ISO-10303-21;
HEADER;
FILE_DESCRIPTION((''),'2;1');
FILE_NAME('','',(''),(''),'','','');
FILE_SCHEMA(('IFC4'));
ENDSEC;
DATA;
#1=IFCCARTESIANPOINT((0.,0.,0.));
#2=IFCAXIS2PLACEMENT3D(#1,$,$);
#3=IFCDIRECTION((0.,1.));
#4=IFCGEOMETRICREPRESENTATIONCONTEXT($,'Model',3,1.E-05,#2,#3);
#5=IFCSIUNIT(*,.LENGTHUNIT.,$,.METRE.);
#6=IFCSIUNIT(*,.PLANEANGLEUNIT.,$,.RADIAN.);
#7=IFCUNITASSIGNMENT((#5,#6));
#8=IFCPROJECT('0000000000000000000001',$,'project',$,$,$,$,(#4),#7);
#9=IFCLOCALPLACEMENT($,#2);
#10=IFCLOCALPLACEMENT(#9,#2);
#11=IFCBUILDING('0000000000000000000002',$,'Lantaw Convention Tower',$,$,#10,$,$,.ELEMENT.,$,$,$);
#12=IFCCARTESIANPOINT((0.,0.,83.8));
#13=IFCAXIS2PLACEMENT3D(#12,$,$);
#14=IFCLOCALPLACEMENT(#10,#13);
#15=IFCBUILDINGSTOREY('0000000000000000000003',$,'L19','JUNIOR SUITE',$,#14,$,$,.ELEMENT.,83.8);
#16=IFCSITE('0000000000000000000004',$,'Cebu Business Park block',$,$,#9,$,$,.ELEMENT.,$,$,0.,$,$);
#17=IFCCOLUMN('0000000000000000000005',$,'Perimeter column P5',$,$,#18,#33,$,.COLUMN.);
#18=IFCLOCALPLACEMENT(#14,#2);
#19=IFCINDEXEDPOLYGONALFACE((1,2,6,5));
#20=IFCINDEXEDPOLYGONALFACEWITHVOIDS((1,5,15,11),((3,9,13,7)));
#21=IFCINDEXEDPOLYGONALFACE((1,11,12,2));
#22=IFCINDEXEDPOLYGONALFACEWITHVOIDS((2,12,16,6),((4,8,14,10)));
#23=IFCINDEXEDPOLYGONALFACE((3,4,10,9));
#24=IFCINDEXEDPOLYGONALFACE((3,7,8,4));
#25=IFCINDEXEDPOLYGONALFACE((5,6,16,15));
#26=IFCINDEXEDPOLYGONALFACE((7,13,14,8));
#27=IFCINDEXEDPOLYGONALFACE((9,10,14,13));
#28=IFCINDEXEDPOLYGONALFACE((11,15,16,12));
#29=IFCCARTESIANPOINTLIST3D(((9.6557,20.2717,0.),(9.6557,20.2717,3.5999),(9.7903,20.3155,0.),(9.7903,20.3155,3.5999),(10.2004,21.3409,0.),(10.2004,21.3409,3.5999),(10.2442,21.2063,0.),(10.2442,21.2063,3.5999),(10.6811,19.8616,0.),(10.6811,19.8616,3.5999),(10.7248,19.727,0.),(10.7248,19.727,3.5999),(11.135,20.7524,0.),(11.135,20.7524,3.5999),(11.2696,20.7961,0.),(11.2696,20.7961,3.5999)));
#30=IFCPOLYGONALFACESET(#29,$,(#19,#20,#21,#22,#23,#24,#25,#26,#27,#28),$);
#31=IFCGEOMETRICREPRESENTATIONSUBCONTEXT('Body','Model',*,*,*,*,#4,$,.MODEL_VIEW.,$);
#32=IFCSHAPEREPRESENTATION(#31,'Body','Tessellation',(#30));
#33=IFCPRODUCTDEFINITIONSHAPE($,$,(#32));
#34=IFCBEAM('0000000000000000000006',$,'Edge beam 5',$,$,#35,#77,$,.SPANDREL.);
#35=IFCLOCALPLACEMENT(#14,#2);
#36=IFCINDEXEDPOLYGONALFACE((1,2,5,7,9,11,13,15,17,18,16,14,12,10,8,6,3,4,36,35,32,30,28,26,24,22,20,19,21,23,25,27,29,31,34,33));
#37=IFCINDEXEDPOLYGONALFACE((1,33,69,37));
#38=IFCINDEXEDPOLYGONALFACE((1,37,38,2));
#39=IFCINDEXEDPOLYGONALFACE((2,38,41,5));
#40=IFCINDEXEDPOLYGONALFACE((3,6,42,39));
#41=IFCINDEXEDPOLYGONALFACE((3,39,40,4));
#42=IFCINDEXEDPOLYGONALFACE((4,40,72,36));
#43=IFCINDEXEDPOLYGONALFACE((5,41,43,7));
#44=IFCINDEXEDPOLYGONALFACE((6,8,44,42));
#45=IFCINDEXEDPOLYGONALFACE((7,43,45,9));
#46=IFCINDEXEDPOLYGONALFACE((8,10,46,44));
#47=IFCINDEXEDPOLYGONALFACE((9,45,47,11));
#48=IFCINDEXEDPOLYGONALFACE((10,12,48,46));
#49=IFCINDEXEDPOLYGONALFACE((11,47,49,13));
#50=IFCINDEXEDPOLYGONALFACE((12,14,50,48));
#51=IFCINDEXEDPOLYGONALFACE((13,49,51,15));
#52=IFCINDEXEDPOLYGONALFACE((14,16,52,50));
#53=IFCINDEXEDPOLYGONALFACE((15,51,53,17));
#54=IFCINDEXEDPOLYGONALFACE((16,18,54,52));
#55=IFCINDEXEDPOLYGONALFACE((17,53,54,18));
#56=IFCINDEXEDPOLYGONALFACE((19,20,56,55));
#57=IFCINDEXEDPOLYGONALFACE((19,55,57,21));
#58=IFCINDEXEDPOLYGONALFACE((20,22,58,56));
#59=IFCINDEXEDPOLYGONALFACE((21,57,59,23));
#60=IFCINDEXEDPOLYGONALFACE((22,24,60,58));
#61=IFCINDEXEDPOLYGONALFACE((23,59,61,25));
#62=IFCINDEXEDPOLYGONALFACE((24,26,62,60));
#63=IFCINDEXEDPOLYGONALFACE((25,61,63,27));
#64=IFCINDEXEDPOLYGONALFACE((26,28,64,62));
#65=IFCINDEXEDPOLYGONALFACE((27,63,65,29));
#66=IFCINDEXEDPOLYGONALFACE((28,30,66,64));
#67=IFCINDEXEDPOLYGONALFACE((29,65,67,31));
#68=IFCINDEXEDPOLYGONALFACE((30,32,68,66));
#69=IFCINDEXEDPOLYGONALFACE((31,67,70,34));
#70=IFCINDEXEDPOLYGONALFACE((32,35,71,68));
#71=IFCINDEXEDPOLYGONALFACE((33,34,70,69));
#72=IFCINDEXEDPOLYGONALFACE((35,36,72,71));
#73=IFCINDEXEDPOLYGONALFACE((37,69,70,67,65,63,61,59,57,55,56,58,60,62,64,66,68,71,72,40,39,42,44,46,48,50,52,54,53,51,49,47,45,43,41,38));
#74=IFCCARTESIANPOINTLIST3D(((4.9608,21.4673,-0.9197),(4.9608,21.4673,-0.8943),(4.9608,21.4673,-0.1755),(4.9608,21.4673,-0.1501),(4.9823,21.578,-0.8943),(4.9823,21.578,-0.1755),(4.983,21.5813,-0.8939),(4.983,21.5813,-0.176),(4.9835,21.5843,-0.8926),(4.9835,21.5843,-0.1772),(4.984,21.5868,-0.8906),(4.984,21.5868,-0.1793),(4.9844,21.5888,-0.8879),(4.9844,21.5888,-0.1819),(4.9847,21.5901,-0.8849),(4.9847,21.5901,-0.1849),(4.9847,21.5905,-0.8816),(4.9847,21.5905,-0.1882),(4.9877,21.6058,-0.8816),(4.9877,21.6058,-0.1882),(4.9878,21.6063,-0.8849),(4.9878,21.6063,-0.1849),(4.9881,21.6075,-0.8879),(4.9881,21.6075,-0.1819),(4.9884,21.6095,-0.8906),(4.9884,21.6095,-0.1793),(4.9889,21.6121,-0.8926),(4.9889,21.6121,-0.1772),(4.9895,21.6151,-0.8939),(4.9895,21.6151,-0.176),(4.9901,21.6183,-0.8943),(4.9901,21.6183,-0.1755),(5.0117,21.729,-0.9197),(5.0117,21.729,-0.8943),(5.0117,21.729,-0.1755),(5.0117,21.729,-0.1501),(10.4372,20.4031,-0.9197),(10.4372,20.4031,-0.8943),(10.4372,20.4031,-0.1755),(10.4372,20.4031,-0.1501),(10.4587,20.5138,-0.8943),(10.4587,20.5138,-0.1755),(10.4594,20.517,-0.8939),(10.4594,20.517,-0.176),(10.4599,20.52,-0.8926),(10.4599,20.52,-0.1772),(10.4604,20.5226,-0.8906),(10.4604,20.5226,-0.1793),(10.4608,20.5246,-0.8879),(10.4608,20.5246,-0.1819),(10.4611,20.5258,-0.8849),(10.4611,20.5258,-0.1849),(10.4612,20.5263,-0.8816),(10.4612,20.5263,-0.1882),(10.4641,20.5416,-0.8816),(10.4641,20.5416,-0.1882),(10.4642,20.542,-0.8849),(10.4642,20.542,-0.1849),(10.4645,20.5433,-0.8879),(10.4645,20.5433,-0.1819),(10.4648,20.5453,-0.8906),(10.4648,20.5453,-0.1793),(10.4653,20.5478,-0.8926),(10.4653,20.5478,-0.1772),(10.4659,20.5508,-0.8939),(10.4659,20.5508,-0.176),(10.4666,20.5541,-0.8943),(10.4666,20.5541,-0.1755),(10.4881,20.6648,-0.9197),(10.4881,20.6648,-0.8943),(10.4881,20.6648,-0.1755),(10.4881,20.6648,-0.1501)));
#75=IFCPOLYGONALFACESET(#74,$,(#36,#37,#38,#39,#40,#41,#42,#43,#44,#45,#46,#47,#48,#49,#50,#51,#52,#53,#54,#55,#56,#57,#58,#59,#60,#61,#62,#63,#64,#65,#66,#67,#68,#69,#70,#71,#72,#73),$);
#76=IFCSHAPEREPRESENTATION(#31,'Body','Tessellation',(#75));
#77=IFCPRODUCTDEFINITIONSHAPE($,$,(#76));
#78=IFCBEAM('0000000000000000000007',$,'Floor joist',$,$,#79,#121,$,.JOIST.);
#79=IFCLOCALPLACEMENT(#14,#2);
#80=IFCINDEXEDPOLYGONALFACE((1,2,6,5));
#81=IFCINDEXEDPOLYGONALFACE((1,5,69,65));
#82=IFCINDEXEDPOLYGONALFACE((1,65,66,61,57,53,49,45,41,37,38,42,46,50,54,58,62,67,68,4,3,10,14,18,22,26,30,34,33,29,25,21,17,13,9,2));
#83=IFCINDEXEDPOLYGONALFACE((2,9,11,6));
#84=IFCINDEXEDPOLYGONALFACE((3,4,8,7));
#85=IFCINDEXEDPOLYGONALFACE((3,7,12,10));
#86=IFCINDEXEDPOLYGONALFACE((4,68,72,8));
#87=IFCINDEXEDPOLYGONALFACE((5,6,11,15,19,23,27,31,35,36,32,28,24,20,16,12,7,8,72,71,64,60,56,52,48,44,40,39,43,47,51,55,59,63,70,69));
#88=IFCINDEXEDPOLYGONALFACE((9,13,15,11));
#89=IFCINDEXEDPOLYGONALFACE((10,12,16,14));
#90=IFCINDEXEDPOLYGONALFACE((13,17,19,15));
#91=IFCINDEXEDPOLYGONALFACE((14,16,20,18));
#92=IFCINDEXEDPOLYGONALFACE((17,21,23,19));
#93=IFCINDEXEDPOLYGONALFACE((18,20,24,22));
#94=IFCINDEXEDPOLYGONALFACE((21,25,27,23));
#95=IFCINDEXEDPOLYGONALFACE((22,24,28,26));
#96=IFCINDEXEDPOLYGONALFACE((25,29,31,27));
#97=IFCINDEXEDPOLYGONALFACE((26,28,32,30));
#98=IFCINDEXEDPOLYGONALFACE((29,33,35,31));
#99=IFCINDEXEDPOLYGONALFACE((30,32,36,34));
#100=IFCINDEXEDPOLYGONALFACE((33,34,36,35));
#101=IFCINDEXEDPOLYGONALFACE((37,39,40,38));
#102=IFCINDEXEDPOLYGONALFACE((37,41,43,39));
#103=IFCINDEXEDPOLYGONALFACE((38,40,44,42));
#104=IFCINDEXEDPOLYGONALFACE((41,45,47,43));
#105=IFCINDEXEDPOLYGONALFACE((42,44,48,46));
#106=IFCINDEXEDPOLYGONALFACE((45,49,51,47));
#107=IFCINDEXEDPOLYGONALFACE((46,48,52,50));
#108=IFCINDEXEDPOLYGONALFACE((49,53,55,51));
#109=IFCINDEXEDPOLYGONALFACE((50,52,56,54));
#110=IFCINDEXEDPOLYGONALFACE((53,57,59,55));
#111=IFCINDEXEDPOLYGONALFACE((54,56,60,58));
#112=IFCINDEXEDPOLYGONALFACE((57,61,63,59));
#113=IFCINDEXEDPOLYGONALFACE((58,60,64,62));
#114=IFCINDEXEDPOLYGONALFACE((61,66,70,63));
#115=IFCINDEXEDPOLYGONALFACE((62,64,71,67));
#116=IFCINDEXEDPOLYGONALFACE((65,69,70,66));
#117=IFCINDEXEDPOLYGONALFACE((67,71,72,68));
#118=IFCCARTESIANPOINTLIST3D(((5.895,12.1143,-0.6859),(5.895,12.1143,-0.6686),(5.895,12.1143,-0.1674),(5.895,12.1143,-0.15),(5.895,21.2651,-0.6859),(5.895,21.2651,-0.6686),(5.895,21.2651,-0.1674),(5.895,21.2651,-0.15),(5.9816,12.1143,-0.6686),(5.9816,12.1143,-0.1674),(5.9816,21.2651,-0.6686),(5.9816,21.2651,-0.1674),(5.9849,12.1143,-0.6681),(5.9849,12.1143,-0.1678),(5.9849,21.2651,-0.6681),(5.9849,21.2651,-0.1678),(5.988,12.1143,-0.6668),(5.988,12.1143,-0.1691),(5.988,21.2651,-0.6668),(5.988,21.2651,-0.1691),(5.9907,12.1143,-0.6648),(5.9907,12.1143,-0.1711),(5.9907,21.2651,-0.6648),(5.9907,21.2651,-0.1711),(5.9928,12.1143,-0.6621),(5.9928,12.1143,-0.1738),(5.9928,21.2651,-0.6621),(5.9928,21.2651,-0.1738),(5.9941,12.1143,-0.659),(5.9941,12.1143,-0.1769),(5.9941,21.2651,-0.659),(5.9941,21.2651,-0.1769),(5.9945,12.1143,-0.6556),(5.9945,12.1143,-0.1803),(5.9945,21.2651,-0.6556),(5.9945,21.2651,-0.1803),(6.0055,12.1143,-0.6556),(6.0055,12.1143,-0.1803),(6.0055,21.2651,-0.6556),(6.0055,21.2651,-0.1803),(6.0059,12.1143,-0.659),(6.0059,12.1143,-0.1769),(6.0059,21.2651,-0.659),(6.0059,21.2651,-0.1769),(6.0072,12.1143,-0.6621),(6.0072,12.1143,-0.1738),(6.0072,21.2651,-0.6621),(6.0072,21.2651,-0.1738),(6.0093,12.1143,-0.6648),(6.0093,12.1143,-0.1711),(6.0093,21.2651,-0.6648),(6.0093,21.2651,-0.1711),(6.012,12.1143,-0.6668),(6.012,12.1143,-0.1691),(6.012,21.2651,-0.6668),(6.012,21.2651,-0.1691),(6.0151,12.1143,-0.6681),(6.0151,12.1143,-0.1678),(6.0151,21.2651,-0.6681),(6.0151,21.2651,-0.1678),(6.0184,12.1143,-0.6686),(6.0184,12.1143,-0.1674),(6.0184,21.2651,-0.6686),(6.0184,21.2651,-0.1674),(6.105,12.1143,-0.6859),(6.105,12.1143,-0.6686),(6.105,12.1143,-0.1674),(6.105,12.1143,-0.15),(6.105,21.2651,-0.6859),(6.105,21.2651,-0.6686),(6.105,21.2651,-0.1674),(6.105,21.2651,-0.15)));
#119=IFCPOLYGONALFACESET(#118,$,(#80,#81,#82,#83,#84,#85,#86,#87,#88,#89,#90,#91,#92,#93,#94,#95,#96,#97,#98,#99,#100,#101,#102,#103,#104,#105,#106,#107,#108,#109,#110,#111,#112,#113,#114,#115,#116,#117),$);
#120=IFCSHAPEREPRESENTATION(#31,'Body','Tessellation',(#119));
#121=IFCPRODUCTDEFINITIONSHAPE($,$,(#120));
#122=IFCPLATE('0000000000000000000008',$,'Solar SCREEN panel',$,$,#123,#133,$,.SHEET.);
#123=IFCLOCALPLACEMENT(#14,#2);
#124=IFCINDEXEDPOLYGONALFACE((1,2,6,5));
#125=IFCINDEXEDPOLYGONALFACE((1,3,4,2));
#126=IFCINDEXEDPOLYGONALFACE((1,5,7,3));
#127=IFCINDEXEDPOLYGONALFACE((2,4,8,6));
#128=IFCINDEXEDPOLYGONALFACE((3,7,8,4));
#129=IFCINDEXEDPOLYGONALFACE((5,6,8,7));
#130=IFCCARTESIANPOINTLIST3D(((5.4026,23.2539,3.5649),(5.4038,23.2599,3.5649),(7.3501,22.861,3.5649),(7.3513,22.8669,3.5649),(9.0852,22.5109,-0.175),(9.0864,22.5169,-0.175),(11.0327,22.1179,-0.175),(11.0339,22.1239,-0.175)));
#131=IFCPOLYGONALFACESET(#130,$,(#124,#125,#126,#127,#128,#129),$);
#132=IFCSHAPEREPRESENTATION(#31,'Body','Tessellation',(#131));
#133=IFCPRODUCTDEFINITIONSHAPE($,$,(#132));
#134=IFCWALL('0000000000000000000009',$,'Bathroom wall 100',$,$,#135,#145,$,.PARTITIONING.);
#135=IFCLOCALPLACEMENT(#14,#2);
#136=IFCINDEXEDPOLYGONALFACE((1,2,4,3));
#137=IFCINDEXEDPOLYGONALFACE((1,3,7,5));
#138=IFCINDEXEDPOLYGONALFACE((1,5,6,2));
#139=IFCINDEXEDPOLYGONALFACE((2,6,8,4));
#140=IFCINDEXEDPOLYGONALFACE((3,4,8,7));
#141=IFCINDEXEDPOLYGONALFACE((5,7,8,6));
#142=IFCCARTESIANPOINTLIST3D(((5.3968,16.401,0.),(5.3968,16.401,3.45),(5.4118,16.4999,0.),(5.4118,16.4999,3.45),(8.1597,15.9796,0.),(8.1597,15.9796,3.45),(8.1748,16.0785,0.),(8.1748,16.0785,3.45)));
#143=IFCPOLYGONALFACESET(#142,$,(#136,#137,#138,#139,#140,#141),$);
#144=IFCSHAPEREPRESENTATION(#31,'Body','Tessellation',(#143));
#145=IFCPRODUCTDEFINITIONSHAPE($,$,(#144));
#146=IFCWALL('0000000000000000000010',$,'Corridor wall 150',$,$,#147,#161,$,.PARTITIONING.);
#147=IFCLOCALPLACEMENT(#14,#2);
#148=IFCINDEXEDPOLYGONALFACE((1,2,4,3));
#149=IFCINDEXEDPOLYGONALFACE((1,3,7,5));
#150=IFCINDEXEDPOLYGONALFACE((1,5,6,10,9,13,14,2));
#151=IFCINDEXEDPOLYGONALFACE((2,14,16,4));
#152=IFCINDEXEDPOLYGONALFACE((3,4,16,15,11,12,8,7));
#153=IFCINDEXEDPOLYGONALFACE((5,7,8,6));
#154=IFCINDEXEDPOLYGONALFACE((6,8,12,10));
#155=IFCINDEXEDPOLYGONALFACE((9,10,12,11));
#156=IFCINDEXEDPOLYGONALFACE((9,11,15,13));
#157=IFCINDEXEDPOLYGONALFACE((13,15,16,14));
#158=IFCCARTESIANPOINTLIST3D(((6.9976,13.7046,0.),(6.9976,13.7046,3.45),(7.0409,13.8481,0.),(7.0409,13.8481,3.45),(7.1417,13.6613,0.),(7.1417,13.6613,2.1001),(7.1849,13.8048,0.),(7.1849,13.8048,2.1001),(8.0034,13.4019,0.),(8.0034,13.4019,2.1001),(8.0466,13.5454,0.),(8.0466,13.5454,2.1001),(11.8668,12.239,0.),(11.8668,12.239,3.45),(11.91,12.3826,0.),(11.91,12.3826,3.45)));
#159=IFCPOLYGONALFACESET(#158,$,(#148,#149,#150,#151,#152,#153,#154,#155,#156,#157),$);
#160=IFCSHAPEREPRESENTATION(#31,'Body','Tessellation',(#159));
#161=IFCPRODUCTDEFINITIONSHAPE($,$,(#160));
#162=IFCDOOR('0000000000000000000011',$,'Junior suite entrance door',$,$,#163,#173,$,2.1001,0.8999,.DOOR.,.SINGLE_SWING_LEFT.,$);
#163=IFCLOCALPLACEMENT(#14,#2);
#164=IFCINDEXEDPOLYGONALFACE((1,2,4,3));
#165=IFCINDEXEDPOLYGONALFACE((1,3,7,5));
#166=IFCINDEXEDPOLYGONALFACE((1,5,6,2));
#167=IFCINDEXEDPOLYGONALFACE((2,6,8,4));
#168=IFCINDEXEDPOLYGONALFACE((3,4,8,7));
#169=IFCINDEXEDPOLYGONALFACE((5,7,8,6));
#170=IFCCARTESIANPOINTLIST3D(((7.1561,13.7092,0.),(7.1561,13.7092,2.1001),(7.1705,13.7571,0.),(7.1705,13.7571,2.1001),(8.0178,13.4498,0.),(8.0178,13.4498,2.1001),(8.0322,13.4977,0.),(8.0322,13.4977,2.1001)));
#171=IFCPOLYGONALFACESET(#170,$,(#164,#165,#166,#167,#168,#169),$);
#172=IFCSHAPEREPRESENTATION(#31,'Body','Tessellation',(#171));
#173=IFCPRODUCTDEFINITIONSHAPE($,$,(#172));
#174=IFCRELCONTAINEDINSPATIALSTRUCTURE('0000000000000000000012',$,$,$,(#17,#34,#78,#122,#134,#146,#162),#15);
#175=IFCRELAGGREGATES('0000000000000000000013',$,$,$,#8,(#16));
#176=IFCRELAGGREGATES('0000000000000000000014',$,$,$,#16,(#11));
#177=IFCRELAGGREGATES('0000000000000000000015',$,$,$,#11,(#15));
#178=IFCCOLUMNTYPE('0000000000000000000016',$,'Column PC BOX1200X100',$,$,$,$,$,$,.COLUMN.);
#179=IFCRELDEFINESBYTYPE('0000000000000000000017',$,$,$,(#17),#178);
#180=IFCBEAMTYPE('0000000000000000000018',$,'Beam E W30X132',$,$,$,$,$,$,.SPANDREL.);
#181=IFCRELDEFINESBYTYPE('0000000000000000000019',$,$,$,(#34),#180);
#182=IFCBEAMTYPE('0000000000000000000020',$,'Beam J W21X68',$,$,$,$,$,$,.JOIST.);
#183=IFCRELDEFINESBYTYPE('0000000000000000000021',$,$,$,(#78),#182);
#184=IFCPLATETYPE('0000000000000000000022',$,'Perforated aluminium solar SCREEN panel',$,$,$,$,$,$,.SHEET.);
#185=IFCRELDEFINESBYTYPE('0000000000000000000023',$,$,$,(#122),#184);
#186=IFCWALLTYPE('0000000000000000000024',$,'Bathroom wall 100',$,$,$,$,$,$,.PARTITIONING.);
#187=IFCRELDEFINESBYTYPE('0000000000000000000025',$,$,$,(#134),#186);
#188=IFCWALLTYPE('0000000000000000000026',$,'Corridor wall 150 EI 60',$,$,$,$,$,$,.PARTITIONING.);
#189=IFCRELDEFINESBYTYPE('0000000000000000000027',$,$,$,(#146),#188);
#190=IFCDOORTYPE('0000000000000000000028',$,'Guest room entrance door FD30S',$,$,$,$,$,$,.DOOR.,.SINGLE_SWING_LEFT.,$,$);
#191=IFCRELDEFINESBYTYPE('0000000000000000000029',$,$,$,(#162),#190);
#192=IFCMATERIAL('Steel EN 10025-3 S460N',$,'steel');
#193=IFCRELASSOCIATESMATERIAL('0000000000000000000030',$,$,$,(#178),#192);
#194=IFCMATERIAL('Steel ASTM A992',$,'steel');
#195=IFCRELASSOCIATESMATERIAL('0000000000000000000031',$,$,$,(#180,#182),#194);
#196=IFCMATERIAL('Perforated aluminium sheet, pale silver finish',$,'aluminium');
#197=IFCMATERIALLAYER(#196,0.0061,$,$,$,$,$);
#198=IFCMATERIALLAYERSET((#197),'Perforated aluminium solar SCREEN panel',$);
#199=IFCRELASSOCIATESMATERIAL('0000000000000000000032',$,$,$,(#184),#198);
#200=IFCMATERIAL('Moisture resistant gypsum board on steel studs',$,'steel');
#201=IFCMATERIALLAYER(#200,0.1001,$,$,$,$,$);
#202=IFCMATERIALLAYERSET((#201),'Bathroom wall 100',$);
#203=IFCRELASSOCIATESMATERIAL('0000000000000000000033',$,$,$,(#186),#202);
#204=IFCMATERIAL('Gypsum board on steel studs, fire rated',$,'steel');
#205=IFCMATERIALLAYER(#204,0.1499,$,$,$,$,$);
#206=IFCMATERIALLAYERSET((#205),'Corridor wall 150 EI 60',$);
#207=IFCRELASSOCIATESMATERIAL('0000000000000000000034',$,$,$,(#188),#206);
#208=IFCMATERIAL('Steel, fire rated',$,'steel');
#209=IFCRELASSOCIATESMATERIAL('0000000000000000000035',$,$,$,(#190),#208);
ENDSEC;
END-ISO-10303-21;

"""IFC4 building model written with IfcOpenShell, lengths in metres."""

from ifc_helpers import new_model, si_unit, direction, frame, frame_2d, origin, origin_2d, place, context, subcontext, project, spatial, polyline, rectangle, hollow_rectangle, i_section, outline, extrude, material, layer, layer_set, material_profile, profile_set, type_object, element, fill, save


model = new_model("IFC4")

# Units and contexts
model_context = context("Model", 3, precision=1e-05, world=origin(), true_north=direction((0.0, 1.0)))
body_context = subcontext(model_context, "Body", "Model", "MODEL_VIEW")
ifc_project = project(units=[si_unit("LENGTHUNIT", "METRE"), si_unit("PLANEANGLEUNIT", "RADIAN")], contexts=[model_context])

# Site, building, storey
site_placement = place(None, origin())
site = spatial("IfcSite", under=ifc_project, at=site_placement, Name="Cebu Business Park block", CompositionType="ELEMENT", RefElevation=0.0)
building_placement = place(site_placement, origin())
building = spatial("IfcBuilding", under=site, at=building_placement, Name="Lantaw Convention Tower", CompositionType="ELEMENT")
storey_placement = place(building_placement, frame((0.0, 0.0, 83.8)))
storey = spatial("IfcBuildingStorey", under=building, at=storey_placement, Name="L19", Description="JUNIOR SUITE", CompositionType="ELEMENT", Elevation=83.8)

# Column
ifc_material_1 = material(Name="Steel EN 10025-3 S460N", Category="steel")
ifc_material_profile_1 = material_profile(ifc_material_1, hollow_rectangle(XDim=1.2, YDim=1.2, WallThickness=0.1001, at=origin_2d()), Name="BOX1200X100")
ifc_material_2 = material(Name="Concrete C60/75", Category="concrete")
ifc_material_profile_2 = material_profile(ifc_material_2, rectangle(XDim=1.0, YDim=1.0, at=origin_2d()), Name="Concrete fill of BOX1200X100")
ifc_profile_set_1 = profile_set([ifc_material_profile_1, ifc_material_profile_2], Name="Steel EN 10025-3 S460N")
column_type = type_object("IfcColumnType", Name="Column PC BOX1200X100", PredefinedType="COLUMN", material=ifc_profile_set_1)
column_placement = place(storey_placement, frame((10.4626, 20.5339, 0.0), z_axis=(0.0, 0.0, 1.0), x_axis=(0.45399, 0.891007, 0.0)))
element("IfcColumn", 1, at=column_placement, inside=storey, type_object=column_type, Name="Perimeter column P5", PredefinedType="COLUMN", context=body_context, shape_type="SweptSolid", body=[
    extrude(hollow_rectangle(XDim=1.2, YDim=1.2, WallThickness=0.1001, at=origin_2d()), origin(), (0.0, 0.0, 1.0), 3.5999),
])

# Beams
ifc_material_3 = material(Name="Steel ASTM A992", Category="steel")
ifc_material_profile_3 = material_profile(ifc_material_3, i_section(OverallWidth=0.2666, OverallDepth=0.7695, WebThickness=0.0156, FlangeThickness=0.0254, FilletRadius=0.0127, at=origin_2d()), Name="W30X132")
ifc_profile_set_2 = profile_set([ifc_material_profile_3], Name="Steel ASTM A992")
beam_type_1 = type_object("IfcBeamType", Name="Beam E W30X132", PredefinedType="SPANDREL", material=ifc_profile_set_2)
beam_1_placement = place(storey_placement, frame((10.4626, 20.5339, -0.5349), z_axis=(-0.981637, 0.190761, 0.0), x_axis=(-0.190761, -0.981637, 0.0)))
element("IfcBeam", 2, at=beam_1_placement, inside=storey, type_object=beam_type_1, Name="Edge beam 5", PredefinedType="SPANDREL", context=body_context, shape_type="SweptSolid", body=[
    extrude(i_section(OverallWidth=0.2666, OverallDepth=0.7695, WebThickness=0.0156, FlangeThickness=0.0254, FilletRadius=0.0127, at=origin_2d()), origin(), (0.0, 0.0, 1.0), 5.5789),
])
ifc_material_profile_4 = material_profile(ifc_material_3, i_section(OverallWidth=0.21, OverallDepth=0.5359, WebThickness=0.011, FlangeThickness=0.0173, FilletRadius=0.0129, at=origin_2d()), Name="W21X68")
ifc_profile_set_3 = profile_set([ifc_material_profile_4], Name="Steel ASTM A992")
beam_type_2 = type_object("IfcBeamType", Name="Beam J W21X68", PredefinedType="JOIST", material=ifc_profile_set_3)
beam_2_placement = place(storey_placement, frame((6.0, 12.1143, -0.418), z_axis=(0.0, 1.0, 0.0), x_axis=(-1.0, 0.0, 0.0)))
element("IfcBeam", 3, at=beam_2_placement, inside=storey, type_object=beam_type_2, Name="Floor joist", PredefinedType="JOIST", context=body_context, shape_type="SweptSolid", body=[
    extrude(i_section(OverallWidth=0.21, OverallDepth=0.5359, WebThickness=0.011, FlangeThickness=0.0173, FilletRadius=0.0129, at=origin_2d()), origin(), (0.0, 0.0, 1.0), 9.1509),
])

# Plate
ifc_material_4 = material(Name="Perforated aluminium sheet, pale silver finish", Category="aluminium")
ifc_layer_1 = layer(ifc_material_4, 0.0061)
ifc_layer_set_1 = layer_set([ifc_layer_1], Name="Perforated aluminium solar SCREEN panel")
plate_type = type_object("IfcPlateType", Name="Perforated aluminium solar SCREEN panel", PredefinedType="SHEET", material=ifc_layer_set_1)
plate_placement = place(storey_placement, frame((11.0327, 22.1179, -0.175), z_axis=(-0.197782, -0.980246, 0.000002), x_axis=(-0.980246, 0.197782, 0.0)))
element("IfcPlate", 4, at=plate_placement, inside=storey, type_object=plate_type, Name="Solar SCREEN panel", PredefinedType="SHEET", context=body_context, shape_type="SweptSolid", body=[
    extrude(outline(polyline([(0.0, 0.0), (1.9868, 0.0), (5.7436, -3.74), (3.7569, -3.74), (0.0, 0.0)])), origin(), (0.0, 0.0, -1.0), 0.0061),
])

# Wall
ifc_material_5 = material(Name="Moisture resistant gypsum board on steel studs", Category="steel")
ifc_layer_2 = layer(ifc_material_5, 0.1001)
ifc_layer_set_2 = layer_set([ifc_layer_2], Name="Bathroom wall 100")
wall_type_1 = type_object("IfcWallType", Name="Bathroom wall 100", PredefinedType="PARTITIONING", material=ifc_layer_set_2)
wall_1_placement = place(storey_placement, frame((5.4043, 16.4504, 0.0), z_axis=(0.0, 0.0, 1.0), x_axis=(0.988569, -0.15077, 0.0)))
element("IfcWall", 5, at=wall_1_placement, inside=storey, type_object=wall_type_1, Name="Bathroom wall 100", PredefinedType="PARTITIONING", context=body_context, shape_type="SweptSolid", body=[
    extrude(rectangle(XDim=2.7949, YDim=0.1001, at=frame_2d((1.3975, 0.0))), origin(), (0.0, 0.0, 1.0), 3.45),
])

# Wall, opening, door
ifc_material_6 = material(Name="Gypsum board on steel studs, fire rated", Category="steel")
ifc_layer_3 = layer(ifc_material_6, 0.1499)
ifc_layer_set_3 = layer_set([ifc_layer_3], Name="Corridor wall 150 EI 60")
wall_type_2 = type_object("IfcWallType", Name="Corridor wall 150 EI 60", PredefinedType="PARTITIONING", material=ifc_layer_set_3)
wall_2_placement = place(storey_placement, frame((11.8884, 12.3108, 0.0), z_axis=(0.0, 0.0, 1.0), x_axis=(-0.957564, 0.28822, 0.0)))
wall_2 = element("IfcWall", 6, at=wall_2_placement, inside=storey, type_object=wall_type_2, Name="Corridor wall 150", PredefinedType="PARTITIONING", context=body_context, shape_type="SweptSolid", body=[
    extrude(rectangle(XDim=5.085, YDim=0.1499, at=frame_2d((2.5425, 0.0))), origin(), (0.0, 0.0, 1.0), 3.45),
])
opening_1_placement = place(wall_2_placement, frame((4.0347, 0.0, 0.0)))
opening_1 = element("IfcOpeningElement", 7, at=opening_1_placement, cuts=wall_2, PredefinedType="OPENING", context=body_context, shape_type="SweptSolid", body=[
    extrude(rectangle(XDim=0.8999, YDim=2.1001, at=frame_2d((0.45, 1.05))), frame((0.0, 0.085, 0.0), z_axis=(0.0, -1.0, 0.0), x_axis=(1.0, 0.0, 0.0)), (0.0, 0.0, 1.0), 0.1699),
])
ifc_material_7 = material(Name="Steel, fire rated", Category="steel")
door_type = type_object("IfcDoorType", Name="Guest room entrance door FD30S", OperationType="SINGLE_SWING_LEFT", PredefinedType="DOOR", material=ifc_material_7)
door_placement = place(opening_1_placement, origin())
door = element("IfcDoor", 8, at=door_placement, inside=storey, type_object=door_type, Name="Junior suite entrance door", OperationType="SINGLE_SWING_LEFT", OverallHeight=2.1001, OverallWidth=0.8999, PredefinedType="DOOR", context=body_context, shape_type="SweptSolid", body=[
    extrude(rectangle(XDim=0.8999, YDim=2.1001, at=frame_2d((0.45, 1.05))), frame((0.0, 0.0249, 0.0), z_axis=(0.0, -1.0, 0.0), x_axis=(1.0, 0.0, 0.0)), (0.0, 0.0, 1.0), 0.05),
])
fill(opening_1, door)

save(model, "model.ifc")
